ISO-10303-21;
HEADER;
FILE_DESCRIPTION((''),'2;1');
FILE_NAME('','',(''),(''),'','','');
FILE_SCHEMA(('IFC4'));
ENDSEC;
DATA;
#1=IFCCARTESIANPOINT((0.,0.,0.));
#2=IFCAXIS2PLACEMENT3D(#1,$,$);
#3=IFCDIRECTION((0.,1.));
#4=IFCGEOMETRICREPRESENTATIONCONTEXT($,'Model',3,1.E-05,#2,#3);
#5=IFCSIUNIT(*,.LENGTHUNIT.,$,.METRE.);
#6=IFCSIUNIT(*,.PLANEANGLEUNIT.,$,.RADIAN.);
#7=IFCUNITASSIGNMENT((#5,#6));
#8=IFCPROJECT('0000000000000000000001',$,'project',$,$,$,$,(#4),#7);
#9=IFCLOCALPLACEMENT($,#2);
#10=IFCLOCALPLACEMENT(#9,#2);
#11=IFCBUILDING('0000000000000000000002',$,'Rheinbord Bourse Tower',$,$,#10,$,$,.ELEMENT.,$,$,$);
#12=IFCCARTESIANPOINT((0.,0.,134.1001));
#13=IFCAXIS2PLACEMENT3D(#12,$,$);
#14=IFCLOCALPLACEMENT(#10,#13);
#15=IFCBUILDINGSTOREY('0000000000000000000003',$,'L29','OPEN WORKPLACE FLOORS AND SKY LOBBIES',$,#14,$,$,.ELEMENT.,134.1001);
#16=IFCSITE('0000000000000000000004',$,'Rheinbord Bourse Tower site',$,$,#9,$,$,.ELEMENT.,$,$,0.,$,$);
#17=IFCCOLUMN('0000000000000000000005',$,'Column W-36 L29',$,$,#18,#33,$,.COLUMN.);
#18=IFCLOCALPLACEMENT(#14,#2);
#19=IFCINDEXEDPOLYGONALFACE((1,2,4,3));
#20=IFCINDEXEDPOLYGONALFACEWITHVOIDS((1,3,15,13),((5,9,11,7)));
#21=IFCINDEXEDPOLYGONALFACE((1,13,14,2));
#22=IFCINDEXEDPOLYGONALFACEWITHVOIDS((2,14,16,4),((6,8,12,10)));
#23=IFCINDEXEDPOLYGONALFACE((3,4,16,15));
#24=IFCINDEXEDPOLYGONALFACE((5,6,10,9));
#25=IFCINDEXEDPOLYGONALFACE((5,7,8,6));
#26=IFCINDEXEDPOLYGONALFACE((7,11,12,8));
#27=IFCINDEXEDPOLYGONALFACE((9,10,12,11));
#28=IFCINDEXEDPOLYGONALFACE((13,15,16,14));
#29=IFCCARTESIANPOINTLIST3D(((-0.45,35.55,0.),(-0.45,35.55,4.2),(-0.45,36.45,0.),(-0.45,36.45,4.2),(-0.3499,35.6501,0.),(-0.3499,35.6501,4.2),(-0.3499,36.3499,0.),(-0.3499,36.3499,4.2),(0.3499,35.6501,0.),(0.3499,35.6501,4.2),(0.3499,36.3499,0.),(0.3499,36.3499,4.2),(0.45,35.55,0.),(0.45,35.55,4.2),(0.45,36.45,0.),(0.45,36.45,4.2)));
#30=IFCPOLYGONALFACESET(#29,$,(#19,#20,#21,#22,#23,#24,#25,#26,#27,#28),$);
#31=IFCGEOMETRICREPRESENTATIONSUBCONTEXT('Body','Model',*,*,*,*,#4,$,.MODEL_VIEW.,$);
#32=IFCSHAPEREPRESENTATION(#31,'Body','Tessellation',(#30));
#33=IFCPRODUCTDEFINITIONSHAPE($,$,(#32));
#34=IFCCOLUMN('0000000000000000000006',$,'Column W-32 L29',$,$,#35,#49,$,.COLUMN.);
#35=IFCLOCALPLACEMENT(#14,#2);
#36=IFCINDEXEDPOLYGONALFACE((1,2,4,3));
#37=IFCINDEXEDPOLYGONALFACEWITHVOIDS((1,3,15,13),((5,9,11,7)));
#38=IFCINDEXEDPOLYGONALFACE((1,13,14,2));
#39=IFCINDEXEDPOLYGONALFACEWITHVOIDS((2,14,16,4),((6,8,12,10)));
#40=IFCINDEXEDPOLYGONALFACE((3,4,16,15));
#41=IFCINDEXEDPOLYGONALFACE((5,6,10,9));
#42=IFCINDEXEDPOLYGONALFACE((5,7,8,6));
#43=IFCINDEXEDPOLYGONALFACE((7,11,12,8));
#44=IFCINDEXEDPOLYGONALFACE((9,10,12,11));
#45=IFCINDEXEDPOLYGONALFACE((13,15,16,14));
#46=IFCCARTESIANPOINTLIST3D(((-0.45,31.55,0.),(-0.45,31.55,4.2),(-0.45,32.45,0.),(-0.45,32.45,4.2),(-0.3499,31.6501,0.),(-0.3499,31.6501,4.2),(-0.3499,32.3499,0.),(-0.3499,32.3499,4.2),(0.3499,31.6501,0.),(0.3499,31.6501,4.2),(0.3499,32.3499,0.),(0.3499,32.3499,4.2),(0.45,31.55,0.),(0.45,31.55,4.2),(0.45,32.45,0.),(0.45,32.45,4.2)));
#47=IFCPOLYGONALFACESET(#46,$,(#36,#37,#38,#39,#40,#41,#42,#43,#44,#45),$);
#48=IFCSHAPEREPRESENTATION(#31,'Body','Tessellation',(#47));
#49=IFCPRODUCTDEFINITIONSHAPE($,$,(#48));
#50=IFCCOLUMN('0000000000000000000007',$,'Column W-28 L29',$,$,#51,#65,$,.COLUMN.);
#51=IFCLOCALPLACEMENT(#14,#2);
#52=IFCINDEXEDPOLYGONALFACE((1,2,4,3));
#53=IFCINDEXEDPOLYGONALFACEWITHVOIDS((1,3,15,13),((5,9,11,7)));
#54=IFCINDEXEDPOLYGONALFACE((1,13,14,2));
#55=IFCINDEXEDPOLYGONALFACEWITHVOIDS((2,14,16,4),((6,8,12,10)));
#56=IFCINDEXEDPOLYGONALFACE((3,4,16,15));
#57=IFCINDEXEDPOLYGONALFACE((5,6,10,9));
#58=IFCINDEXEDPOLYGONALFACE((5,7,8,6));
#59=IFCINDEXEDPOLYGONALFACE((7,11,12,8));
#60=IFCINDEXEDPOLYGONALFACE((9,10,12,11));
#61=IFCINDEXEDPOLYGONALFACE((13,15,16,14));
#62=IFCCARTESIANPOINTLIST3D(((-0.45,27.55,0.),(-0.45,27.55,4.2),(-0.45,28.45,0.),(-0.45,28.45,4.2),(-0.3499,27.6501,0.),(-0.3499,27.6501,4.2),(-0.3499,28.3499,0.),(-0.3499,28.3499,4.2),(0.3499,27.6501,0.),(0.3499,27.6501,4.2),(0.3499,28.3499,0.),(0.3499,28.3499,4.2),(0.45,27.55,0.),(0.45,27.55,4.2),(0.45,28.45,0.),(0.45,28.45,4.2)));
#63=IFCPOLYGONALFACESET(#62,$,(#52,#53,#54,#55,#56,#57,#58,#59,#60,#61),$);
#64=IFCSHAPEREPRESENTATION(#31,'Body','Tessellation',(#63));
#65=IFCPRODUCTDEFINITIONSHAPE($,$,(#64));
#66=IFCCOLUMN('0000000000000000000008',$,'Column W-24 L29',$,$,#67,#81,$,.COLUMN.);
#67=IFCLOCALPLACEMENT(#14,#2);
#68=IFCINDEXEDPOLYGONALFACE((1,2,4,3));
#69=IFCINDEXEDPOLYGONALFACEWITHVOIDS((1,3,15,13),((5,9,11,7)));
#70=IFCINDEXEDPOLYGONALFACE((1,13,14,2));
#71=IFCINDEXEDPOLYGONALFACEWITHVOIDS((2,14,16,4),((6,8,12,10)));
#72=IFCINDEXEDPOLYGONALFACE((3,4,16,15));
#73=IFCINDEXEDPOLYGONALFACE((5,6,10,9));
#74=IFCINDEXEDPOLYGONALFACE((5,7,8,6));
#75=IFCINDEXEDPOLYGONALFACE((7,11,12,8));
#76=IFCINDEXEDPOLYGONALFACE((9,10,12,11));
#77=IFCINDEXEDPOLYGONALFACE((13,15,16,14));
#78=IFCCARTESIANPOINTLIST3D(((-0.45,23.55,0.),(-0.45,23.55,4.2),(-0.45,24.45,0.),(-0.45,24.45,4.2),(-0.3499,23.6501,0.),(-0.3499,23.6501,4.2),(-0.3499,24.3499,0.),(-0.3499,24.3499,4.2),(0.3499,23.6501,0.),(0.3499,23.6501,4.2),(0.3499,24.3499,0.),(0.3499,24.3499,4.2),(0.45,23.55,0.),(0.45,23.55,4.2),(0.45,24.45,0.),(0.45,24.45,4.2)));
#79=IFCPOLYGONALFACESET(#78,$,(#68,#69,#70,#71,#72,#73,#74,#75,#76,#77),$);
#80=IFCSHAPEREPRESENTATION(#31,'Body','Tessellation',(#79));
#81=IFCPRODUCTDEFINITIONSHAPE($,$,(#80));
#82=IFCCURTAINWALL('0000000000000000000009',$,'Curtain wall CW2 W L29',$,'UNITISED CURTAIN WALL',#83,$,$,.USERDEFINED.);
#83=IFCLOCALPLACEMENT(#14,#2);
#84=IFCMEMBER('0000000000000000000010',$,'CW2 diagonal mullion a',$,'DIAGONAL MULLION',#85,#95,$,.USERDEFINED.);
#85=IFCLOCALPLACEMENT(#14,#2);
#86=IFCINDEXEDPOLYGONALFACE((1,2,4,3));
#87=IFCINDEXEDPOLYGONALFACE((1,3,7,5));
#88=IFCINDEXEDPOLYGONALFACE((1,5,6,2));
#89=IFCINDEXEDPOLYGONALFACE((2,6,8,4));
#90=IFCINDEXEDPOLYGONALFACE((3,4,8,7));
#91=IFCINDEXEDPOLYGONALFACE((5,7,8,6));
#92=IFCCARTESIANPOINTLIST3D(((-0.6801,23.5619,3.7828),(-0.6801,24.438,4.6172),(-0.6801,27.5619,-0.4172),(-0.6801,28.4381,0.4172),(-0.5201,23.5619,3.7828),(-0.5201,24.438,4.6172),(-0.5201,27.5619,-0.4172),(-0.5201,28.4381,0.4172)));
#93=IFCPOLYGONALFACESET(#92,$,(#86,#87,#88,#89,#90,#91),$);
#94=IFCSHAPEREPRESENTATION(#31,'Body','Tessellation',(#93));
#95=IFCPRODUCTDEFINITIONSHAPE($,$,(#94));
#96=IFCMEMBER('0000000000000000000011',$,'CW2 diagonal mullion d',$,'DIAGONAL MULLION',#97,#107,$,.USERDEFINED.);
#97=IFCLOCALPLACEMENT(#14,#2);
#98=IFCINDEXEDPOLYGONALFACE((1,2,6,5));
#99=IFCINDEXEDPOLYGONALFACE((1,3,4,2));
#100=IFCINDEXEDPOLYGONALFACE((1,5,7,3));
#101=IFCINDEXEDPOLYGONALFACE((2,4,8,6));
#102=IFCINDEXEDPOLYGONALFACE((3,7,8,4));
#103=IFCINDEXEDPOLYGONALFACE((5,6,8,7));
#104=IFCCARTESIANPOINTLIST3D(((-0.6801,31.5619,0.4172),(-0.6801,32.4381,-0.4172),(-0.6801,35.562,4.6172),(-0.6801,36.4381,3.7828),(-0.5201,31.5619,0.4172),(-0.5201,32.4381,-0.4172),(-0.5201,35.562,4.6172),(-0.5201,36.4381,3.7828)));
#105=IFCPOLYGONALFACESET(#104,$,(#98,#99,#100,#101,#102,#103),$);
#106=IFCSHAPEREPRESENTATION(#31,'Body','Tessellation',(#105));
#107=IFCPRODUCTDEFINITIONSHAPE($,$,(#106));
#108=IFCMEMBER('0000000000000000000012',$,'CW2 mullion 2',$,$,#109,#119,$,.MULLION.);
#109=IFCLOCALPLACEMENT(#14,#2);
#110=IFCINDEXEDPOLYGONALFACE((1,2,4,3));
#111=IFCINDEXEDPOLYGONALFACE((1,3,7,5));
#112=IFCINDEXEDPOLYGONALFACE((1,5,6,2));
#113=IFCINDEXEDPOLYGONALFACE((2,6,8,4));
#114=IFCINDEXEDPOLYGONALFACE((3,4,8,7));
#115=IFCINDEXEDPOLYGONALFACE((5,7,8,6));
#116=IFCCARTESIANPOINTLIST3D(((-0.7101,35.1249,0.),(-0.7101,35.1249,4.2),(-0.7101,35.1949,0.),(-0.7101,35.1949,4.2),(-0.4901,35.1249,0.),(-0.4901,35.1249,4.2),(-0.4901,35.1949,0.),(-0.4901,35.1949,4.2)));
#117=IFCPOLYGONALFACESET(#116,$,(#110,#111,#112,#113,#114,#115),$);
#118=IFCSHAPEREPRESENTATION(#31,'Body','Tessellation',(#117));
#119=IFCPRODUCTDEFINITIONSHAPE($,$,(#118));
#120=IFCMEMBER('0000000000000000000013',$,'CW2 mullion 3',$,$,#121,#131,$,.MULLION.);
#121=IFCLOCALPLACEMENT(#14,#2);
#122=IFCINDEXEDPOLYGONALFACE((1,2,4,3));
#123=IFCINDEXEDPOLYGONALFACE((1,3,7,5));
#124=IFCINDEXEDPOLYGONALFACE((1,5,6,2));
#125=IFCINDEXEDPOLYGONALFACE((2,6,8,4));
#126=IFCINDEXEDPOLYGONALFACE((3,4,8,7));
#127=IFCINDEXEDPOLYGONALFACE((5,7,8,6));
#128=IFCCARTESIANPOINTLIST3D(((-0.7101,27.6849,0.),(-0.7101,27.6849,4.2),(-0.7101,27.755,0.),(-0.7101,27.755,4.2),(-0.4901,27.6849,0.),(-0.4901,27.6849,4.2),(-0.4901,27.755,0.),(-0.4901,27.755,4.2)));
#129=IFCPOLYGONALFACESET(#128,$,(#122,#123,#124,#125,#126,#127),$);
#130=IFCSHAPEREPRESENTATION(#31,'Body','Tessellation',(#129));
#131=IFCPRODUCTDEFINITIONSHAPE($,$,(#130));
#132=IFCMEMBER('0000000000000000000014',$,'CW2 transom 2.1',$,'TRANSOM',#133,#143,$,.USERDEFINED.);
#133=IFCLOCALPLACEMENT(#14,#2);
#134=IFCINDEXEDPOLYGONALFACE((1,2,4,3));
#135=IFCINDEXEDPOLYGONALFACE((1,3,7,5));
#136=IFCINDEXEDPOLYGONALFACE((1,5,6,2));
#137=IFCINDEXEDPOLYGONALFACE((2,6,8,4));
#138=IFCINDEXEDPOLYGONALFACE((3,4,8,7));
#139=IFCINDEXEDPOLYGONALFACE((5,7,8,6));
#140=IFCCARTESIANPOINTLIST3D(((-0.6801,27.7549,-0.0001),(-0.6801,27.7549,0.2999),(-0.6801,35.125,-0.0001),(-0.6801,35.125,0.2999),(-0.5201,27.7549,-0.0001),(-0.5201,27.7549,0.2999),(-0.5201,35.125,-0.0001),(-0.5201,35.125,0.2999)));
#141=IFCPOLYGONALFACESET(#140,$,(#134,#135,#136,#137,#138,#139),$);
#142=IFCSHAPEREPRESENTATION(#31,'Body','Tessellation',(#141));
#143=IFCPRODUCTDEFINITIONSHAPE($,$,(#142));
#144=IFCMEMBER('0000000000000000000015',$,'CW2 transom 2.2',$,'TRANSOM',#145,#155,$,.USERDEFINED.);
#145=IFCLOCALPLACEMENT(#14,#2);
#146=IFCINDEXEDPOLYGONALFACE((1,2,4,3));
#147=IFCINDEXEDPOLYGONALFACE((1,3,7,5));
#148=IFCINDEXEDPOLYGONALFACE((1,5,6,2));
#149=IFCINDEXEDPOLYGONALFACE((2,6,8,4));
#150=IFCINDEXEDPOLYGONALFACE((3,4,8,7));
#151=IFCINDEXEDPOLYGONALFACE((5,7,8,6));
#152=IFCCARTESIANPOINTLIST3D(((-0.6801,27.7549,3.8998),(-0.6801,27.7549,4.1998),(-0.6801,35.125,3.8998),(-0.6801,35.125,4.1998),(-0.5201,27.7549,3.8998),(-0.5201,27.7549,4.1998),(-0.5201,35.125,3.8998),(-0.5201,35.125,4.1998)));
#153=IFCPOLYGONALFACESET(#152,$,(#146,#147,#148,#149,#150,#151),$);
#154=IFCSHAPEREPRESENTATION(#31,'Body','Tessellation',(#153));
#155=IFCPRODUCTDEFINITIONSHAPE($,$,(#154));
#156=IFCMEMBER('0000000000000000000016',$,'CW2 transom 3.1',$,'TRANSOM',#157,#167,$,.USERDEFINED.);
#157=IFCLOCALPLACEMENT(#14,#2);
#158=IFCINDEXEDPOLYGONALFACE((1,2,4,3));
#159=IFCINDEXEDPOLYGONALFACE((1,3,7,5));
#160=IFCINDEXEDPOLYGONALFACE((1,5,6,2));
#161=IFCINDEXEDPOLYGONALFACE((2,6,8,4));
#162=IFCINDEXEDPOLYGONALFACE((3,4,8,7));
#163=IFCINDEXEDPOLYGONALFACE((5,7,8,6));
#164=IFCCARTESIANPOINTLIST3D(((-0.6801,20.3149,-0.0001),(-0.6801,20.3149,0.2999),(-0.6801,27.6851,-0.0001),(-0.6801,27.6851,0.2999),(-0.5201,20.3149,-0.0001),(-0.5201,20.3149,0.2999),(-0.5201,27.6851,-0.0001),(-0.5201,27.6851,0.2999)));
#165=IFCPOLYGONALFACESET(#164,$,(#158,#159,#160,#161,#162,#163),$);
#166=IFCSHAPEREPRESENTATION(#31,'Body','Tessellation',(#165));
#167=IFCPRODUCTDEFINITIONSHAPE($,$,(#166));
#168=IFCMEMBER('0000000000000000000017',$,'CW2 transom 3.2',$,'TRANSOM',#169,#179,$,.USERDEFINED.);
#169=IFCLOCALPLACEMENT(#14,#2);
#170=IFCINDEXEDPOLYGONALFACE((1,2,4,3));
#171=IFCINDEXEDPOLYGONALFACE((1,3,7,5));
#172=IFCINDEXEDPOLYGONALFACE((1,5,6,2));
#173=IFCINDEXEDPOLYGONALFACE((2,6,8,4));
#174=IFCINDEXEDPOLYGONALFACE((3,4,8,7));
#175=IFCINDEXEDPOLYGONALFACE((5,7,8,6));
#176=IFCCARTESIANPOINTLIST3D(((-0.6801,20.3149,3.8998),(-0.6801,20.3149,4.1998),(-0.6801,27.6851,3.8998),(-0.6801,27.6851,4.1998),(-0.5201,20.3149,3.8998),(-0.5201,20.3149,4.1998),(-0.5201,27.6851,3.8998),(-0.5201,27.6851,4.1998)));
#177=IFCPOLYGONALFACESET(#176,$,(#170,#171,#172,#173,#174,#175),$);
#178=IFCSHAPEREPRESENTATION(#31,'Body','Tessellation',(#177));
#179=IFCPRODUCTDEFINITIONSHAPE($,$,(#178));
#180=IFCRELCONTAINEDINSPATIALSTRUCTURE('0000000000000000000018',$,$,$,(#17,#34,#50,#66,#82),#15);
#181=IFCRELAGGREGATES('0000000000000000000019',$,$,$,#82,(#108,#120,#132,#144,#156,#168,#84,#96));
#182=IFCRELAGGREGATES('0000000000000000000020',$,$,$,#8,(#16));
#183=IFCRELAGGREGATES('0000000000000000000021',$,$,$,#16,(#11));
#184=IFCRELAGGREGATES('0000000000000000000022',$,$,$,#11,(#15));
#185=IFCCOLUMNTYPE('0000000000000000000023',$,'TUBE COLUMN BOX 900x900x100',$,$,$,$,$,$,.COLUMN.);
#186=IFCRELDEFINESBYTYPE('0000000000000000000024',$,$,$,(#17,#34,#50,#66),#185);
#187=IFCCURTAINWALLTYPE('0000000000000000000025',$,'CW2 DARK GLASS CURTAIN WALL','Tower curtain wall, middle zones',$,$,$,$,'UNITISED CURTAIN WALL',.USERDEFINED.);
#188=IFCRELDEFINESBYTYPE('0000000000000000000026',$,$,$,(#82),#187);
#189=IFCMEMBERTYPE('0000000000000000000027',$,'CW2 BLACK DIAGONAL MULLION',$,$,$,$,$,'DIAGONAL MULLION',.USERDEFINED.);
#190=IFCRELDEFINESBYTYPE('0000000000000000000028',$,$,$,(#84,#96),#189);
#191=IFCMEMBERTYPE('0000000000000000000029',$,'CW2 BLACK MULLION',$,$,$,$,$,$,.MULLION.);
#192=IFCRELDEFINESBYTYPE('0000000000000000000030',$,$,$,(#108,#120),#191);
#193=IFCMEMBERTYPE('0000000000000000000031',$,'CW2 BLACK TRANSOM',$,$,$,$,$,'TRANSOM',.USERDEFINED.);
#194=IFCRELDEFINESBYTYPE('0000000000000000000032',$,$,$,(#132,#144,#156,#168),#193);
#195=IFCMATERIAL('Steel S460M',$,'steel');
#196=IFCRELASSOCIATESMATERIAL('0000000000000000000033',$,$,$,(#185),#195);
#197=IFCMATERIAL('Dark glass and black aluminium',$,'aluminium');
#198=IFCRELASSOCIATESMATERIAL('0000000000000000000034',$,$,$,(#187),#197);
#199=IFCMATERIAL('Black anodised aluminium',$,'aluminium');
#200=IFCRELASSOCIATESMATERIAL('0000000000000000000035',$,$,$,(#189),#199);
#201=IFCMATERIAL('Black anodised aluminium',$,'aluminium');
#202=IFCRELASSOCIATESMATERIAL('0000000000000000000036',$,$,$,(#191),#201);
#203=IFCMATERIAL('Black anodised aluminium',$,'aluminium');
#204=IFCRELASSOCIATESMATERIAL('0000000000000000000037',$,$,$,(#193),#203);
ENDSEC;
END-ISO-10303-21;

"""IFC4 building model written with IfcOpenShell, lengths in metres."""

from ifc_helpers import new_model, si_unit, direction, frame, origin, origin_2d, place, context, subcontext, project, spatial, rectangle, hollow_rectangle, extrude, material, material_profile, profile_set, type_object, element, aggregate, save


model = new_model("IFC4")

# Units and contexts
model_context = context("Model", 3, precision=1e-05, world=origin(), true_north=direction((0.0, 1.0)))
body_context = subcontext(model_context, "Body", "Model", "MODEL_VIEW")
ifc_project = project(units=[si_unit("LENGTHUNIT", "METRE"), si_unit("PLANEANGLEUNIT", "RADIAN")], contexts=[model_context])

# Site, building, storey
site_placement = place(None, origin())
site = spatial("IfcSite", under=ifc_project, at=site_placement, Name="Rheinbord Bourse Tower site", CompositionType="ELEMENT", RefElevation=0.0)
building_placement = place(site_placement, origin())
building = spatial("IfcBuilding", under=site, at=building_placement, Name="Rheinbord Bourse Tower", CompositionType="ELEMENT")
storey_placement = place(building_placement, frame((0.0, 0.0, 134.1001)))
storey = spatial("IfcBuildingStorey", under=building, at=storey_placement, Name="L29", Description="OPEN WORKPLACE FLOORS AND SKY LOBBIES", CompositionType="ELEMENT", Elevation=134.1001)

# Columns
ifc_material_1 = material(Name="Steel S460M", Category="steel")
ifc_material_profile_1 = material_profile(ifc_material_1, hollow_rectangle(XDim=0.8999, YDim=0.8999, WallThickness=0.1001, at=origin_2d()), Name="BOX 900x900x100")
ifc_profile_set_1 = profile_set([ifc_material_profile_1], Name="Steel S460M")
column_type = type_object("IfcColumnType", Name="TUBE COLUMN BOX 900x900x100", PredefinedType="COLUMN", material=ifc_profile_set_1)
for number, where, z_axis, x_axis, name in (
    (1, (0.0, 36.0, 0.0), (0.0, 0.0, 1.0), (1.0, 0.0, 0.0), "Column W-36 L29"),
    (2, (0.0, 32.0, 0.0), (0.0, 0.0, 1.0), (1.0, 0.0, 0.0), "Column W-32 L29"),
    (3, (0.0, 28.0, 0.0), (0.0, 0.0, 1.0), (1.0, 0.0, 0.0), "Column W-28 L29"),
    (4, (0.0, 24.0, 0.0), (0.0, 0.0, 1.0), (1.0, 0.0, 0.0), "Column W-24 L29"),
):
    element("IfcColumn", number, at=place(storey_placement, frame(where, z_axis=z_axis, x_axis=x_axis)), inside=storey, type_object=column_type, Name=name, PredefinedType="COLUMN", context=body_context, shape_type="SweptSolid", body=[
        extrude(hollow_rectangle(XDim=0.8999, YDim=0.8999, WallThickness=0.1001, at=origin_2d()), origin(), (0.0, 0.0, 1.0), 4.2),
    ])

# Curtain wall, members
ifc_material_2 = material(Name="Dark glass and black aluminium", Category="aluminium")
curtain_wall_type = type_object("IfcCurtainWallType", Name="CW2 DARK GLASS CURTAIN WALL", Description="Tower curtain wall, middle zones", ElementType="UNITISED CURTAIN WALL", PredefinedType="USERDEFINED", material=ifc_material_2)
curtain_wall_placement = place(storey_placement, origin())
curtain_wall = element("IfcCurtainWall", 5, at=curtain_wall_placement, inside=storey, type_object=curtain_wall_type, Name="Curtain wall CW2 W L29", ObjectType="UNITISED CURTAIN WALL", PredefinedType="USERDEFINED")
ifc_material_3 = material(Name="Black anodised aluminium", Category="aluminium")
ifc_material_profile_2 = material_profile(ifc_material_3, rectangle(XDim=0.1599, YDim=1.21, at=origin_2d()), Name="CW2 DIAGONAL MULLION 1210x160")
ifc_profile_set_2 = profile_set([ifc_material_profile_2], Name="Black anodised aluminium")
member_type_1 = type_object("IfcMemberType", Name="CW2 BLACK DIAGONAL MULLION", ElementType="DIAGONAL MULLION", PredefinedType="USERDEFINED", material=ifc_profile_set_2)
member_1_placement = place(storey_placement, frame((-0.6001, 28.0, 0.0), z_axis=(0.0, -0.689659, 0.724134), x_axis=(1.0, 0.0, 0.0)))
member_1 = element("IfcMember", 6, at=member_1_placement, type_object=member_type_1, Name="CW2 diagonal mullion a", ObjectType="DIAGONAL MULLION", PredefinedType="USERDEFINED", context=body_context, shape_type="SweptSolid", body=[
    extrude(rectangle(XDim=0.1599, YDim=1.21, at=origin_2d()), origin(), (0.0, 0.0, 1.0), 5.8),
])
member_2_placement = place(storey_placement, frame((-0.6001, 32.0, 0.0), z_axis=(0.0, 0.689659, 0.724134), x_axis=(-1.0, 0.0, 0.0)))
member_2 = element("IfcMember", 7, at=member_2_placement, type_object=member_type_1, Name="CW2 diagonal mullion d", ObjectType="DIAGONAL MULLION", PredefinedType="USERDEFINED", context=body_context, shape_type="SweptSolid", body=[
    extrude(rectangle(XDim=0.1599, YDim=1.21, at=origin_2d()), origin(), (0.0, 0.0, 1.0), 5.8),
])
ifc_material_4 = material(Name="Black anodised aluminium", Category="aluminium")
ifc_material_profile_3 = material_profile(ifc_material_4, rectangle(XDim=0.22, YDim=0.0701, at=origin_2d()), Name="CW2 MULLION 70x220")
ifc_profile_set_3 = profile_set([ifc_material_profile_3], Name="Black anodised aluminium")
member_type_2 = type_object("IfcMemberType", Name="CW2 BLACK MULLION", PredefinedType="MULLION", material=ifc_profile_set_3)
member_3_placement = place(storey_placement, frame((-0.6001, 35.1599, 0.0), z_axis=(0.0, 0.0, 1.0), x_axis=(1.0, 0.0, 0.0)))
member_3 = element("IfcMember", 8, at=member_3_placement, type_object=member_type_2, Name="CW2 mullion 2", PredefinedType="MULLION", context=body_context, shape_type="SweptSolid", body=[
    extrude(rectangle(XDim=0.22, YDim=0.0701, at=origin_2d()), origin(), (0.0, 0.0, 1.0), 4.2),
])
member_4_placement = place(storey_placement, frame((-0.6001, 27.72, 0.0), z_axis=(0.0, 0.0, 1.0), x_axis=(1.0, 0.0, 0.0)))
member_4 = element("IfcMember", 9, at=member_4_placement, type_object=member_type_2, Name="CW2 mullion 3", PredefinedType="MULLION", context=body_context, shape_type="SweptSolid", body=[
    extrude(rectangle(XDim=0.22, YDim=0.0701, at=origin_2d()), origin(), (0.0, 0.0, 1.0), 4.2),
])
ifc_material_5 = material(Name="Black anodised aluminium", Category="aluminium")
ifc_material_profile_4 = material_profile(ifc_material_5, rectangle(XDim=0.1599, YDim=0.3, at=origin_2d()), Name="CW2 TRANSOM 300x160")
ifc_profile_set_4 = profile_set([ifc_material_profile_4], Name="Black anodised aluminium")
member_type_3 = type_object("IfcMemberType", Name="CW2 BLACK TRANSOM", ElementType="TRANSOM", PredefinedType="USERDEFINED", material=ifc_profile_set_4)
member_5_placement = place(storey_placement, frame((-0.6001, 35.125, 0.1499), z_axis=(0.0, -1.0, 0.0), x_axis=(1.0, 0.0, 0.0)))
member_5 = element("IfcMember", 10, at=member_5_placement, type_object=member_type_3, Name="CW2 transom 2.1", ObjectType="TRANSOM", PredefinedType="USERDEFINED", context=body_context, shape_type="SweptSolid", body=[
    extrude(rectangle(XDim=0.1599, YDim=0.3, at=origin_2d()), origin(), (0.0, 0.0, 1.0), 7.3701),
])
member_6_placement = place(storey_placement, frame((-0.6001, 35.125, 4.0498), z_axis=(0.0, -1.0, 0.0), x_axis=(1.0, 0.0, 0.0)))
member_6 = element("IfcMember", 11, at=member_6_placement, type_object=member_type_3, Name="CW2 transom 2.2", ObjectType="TRANSOM", PredefinedType="USERDEFINED", context=body_context, shape_type="SweptSolid", body=[
    extrude(rectangle(XDim=0.1599, YDim=0.3, at=origin_2d()), origin(), (0.0, 0.0, 1.0), 7.3701),
])
member_7_placement = place(storey_placement, frame((-0.6001, 27.6851, 0.1499), z_axis=(0.0, -1.0, 0.0), x_axis=(1.0, 0.0, 0.0)))
member_7 = element("IfcMember", 12, at=member_7_placement, type_object=member_type_3, Name="CW2 transom 3.1", ObjectType="TRANSOM", PredefinedType="USERDEFINED", context=body_context, shape_type="SweptSolid", body=[
    extrude(rectangle(XDim=0.1599, YDim=0.3, at=origin_2d()), origin(), (0.0, 0.0, 1.0), 7.3701),
])
member_8_placement = place(storey_placement, frame((-0.6001, 27.6851, 4.0498), z_axis=(0.0, -1.0, 0.0), x_axis=(1.0, 0.0, 0.0)))
member_8 = element("IfcMember", 13, at=member_8_placement, type_object=member_type_3, Name="CW2 transom 3.2", ObjectType="TRANSOM", PredefinedType="USERDEFINED", context=body_context, shape_type="SweptSolid", body=[
    extrude(rectangle(XDim=0.1599, YDim=0.3, at=origin_2d()), origin(), (0.0, 0.0, 1.0), 7.3701),
])

aggregate(curtain_wall, [member_3, member_4, member_5, member_6, member_7, member_8, member_1, member_2])

save(model, "model.ifc")
